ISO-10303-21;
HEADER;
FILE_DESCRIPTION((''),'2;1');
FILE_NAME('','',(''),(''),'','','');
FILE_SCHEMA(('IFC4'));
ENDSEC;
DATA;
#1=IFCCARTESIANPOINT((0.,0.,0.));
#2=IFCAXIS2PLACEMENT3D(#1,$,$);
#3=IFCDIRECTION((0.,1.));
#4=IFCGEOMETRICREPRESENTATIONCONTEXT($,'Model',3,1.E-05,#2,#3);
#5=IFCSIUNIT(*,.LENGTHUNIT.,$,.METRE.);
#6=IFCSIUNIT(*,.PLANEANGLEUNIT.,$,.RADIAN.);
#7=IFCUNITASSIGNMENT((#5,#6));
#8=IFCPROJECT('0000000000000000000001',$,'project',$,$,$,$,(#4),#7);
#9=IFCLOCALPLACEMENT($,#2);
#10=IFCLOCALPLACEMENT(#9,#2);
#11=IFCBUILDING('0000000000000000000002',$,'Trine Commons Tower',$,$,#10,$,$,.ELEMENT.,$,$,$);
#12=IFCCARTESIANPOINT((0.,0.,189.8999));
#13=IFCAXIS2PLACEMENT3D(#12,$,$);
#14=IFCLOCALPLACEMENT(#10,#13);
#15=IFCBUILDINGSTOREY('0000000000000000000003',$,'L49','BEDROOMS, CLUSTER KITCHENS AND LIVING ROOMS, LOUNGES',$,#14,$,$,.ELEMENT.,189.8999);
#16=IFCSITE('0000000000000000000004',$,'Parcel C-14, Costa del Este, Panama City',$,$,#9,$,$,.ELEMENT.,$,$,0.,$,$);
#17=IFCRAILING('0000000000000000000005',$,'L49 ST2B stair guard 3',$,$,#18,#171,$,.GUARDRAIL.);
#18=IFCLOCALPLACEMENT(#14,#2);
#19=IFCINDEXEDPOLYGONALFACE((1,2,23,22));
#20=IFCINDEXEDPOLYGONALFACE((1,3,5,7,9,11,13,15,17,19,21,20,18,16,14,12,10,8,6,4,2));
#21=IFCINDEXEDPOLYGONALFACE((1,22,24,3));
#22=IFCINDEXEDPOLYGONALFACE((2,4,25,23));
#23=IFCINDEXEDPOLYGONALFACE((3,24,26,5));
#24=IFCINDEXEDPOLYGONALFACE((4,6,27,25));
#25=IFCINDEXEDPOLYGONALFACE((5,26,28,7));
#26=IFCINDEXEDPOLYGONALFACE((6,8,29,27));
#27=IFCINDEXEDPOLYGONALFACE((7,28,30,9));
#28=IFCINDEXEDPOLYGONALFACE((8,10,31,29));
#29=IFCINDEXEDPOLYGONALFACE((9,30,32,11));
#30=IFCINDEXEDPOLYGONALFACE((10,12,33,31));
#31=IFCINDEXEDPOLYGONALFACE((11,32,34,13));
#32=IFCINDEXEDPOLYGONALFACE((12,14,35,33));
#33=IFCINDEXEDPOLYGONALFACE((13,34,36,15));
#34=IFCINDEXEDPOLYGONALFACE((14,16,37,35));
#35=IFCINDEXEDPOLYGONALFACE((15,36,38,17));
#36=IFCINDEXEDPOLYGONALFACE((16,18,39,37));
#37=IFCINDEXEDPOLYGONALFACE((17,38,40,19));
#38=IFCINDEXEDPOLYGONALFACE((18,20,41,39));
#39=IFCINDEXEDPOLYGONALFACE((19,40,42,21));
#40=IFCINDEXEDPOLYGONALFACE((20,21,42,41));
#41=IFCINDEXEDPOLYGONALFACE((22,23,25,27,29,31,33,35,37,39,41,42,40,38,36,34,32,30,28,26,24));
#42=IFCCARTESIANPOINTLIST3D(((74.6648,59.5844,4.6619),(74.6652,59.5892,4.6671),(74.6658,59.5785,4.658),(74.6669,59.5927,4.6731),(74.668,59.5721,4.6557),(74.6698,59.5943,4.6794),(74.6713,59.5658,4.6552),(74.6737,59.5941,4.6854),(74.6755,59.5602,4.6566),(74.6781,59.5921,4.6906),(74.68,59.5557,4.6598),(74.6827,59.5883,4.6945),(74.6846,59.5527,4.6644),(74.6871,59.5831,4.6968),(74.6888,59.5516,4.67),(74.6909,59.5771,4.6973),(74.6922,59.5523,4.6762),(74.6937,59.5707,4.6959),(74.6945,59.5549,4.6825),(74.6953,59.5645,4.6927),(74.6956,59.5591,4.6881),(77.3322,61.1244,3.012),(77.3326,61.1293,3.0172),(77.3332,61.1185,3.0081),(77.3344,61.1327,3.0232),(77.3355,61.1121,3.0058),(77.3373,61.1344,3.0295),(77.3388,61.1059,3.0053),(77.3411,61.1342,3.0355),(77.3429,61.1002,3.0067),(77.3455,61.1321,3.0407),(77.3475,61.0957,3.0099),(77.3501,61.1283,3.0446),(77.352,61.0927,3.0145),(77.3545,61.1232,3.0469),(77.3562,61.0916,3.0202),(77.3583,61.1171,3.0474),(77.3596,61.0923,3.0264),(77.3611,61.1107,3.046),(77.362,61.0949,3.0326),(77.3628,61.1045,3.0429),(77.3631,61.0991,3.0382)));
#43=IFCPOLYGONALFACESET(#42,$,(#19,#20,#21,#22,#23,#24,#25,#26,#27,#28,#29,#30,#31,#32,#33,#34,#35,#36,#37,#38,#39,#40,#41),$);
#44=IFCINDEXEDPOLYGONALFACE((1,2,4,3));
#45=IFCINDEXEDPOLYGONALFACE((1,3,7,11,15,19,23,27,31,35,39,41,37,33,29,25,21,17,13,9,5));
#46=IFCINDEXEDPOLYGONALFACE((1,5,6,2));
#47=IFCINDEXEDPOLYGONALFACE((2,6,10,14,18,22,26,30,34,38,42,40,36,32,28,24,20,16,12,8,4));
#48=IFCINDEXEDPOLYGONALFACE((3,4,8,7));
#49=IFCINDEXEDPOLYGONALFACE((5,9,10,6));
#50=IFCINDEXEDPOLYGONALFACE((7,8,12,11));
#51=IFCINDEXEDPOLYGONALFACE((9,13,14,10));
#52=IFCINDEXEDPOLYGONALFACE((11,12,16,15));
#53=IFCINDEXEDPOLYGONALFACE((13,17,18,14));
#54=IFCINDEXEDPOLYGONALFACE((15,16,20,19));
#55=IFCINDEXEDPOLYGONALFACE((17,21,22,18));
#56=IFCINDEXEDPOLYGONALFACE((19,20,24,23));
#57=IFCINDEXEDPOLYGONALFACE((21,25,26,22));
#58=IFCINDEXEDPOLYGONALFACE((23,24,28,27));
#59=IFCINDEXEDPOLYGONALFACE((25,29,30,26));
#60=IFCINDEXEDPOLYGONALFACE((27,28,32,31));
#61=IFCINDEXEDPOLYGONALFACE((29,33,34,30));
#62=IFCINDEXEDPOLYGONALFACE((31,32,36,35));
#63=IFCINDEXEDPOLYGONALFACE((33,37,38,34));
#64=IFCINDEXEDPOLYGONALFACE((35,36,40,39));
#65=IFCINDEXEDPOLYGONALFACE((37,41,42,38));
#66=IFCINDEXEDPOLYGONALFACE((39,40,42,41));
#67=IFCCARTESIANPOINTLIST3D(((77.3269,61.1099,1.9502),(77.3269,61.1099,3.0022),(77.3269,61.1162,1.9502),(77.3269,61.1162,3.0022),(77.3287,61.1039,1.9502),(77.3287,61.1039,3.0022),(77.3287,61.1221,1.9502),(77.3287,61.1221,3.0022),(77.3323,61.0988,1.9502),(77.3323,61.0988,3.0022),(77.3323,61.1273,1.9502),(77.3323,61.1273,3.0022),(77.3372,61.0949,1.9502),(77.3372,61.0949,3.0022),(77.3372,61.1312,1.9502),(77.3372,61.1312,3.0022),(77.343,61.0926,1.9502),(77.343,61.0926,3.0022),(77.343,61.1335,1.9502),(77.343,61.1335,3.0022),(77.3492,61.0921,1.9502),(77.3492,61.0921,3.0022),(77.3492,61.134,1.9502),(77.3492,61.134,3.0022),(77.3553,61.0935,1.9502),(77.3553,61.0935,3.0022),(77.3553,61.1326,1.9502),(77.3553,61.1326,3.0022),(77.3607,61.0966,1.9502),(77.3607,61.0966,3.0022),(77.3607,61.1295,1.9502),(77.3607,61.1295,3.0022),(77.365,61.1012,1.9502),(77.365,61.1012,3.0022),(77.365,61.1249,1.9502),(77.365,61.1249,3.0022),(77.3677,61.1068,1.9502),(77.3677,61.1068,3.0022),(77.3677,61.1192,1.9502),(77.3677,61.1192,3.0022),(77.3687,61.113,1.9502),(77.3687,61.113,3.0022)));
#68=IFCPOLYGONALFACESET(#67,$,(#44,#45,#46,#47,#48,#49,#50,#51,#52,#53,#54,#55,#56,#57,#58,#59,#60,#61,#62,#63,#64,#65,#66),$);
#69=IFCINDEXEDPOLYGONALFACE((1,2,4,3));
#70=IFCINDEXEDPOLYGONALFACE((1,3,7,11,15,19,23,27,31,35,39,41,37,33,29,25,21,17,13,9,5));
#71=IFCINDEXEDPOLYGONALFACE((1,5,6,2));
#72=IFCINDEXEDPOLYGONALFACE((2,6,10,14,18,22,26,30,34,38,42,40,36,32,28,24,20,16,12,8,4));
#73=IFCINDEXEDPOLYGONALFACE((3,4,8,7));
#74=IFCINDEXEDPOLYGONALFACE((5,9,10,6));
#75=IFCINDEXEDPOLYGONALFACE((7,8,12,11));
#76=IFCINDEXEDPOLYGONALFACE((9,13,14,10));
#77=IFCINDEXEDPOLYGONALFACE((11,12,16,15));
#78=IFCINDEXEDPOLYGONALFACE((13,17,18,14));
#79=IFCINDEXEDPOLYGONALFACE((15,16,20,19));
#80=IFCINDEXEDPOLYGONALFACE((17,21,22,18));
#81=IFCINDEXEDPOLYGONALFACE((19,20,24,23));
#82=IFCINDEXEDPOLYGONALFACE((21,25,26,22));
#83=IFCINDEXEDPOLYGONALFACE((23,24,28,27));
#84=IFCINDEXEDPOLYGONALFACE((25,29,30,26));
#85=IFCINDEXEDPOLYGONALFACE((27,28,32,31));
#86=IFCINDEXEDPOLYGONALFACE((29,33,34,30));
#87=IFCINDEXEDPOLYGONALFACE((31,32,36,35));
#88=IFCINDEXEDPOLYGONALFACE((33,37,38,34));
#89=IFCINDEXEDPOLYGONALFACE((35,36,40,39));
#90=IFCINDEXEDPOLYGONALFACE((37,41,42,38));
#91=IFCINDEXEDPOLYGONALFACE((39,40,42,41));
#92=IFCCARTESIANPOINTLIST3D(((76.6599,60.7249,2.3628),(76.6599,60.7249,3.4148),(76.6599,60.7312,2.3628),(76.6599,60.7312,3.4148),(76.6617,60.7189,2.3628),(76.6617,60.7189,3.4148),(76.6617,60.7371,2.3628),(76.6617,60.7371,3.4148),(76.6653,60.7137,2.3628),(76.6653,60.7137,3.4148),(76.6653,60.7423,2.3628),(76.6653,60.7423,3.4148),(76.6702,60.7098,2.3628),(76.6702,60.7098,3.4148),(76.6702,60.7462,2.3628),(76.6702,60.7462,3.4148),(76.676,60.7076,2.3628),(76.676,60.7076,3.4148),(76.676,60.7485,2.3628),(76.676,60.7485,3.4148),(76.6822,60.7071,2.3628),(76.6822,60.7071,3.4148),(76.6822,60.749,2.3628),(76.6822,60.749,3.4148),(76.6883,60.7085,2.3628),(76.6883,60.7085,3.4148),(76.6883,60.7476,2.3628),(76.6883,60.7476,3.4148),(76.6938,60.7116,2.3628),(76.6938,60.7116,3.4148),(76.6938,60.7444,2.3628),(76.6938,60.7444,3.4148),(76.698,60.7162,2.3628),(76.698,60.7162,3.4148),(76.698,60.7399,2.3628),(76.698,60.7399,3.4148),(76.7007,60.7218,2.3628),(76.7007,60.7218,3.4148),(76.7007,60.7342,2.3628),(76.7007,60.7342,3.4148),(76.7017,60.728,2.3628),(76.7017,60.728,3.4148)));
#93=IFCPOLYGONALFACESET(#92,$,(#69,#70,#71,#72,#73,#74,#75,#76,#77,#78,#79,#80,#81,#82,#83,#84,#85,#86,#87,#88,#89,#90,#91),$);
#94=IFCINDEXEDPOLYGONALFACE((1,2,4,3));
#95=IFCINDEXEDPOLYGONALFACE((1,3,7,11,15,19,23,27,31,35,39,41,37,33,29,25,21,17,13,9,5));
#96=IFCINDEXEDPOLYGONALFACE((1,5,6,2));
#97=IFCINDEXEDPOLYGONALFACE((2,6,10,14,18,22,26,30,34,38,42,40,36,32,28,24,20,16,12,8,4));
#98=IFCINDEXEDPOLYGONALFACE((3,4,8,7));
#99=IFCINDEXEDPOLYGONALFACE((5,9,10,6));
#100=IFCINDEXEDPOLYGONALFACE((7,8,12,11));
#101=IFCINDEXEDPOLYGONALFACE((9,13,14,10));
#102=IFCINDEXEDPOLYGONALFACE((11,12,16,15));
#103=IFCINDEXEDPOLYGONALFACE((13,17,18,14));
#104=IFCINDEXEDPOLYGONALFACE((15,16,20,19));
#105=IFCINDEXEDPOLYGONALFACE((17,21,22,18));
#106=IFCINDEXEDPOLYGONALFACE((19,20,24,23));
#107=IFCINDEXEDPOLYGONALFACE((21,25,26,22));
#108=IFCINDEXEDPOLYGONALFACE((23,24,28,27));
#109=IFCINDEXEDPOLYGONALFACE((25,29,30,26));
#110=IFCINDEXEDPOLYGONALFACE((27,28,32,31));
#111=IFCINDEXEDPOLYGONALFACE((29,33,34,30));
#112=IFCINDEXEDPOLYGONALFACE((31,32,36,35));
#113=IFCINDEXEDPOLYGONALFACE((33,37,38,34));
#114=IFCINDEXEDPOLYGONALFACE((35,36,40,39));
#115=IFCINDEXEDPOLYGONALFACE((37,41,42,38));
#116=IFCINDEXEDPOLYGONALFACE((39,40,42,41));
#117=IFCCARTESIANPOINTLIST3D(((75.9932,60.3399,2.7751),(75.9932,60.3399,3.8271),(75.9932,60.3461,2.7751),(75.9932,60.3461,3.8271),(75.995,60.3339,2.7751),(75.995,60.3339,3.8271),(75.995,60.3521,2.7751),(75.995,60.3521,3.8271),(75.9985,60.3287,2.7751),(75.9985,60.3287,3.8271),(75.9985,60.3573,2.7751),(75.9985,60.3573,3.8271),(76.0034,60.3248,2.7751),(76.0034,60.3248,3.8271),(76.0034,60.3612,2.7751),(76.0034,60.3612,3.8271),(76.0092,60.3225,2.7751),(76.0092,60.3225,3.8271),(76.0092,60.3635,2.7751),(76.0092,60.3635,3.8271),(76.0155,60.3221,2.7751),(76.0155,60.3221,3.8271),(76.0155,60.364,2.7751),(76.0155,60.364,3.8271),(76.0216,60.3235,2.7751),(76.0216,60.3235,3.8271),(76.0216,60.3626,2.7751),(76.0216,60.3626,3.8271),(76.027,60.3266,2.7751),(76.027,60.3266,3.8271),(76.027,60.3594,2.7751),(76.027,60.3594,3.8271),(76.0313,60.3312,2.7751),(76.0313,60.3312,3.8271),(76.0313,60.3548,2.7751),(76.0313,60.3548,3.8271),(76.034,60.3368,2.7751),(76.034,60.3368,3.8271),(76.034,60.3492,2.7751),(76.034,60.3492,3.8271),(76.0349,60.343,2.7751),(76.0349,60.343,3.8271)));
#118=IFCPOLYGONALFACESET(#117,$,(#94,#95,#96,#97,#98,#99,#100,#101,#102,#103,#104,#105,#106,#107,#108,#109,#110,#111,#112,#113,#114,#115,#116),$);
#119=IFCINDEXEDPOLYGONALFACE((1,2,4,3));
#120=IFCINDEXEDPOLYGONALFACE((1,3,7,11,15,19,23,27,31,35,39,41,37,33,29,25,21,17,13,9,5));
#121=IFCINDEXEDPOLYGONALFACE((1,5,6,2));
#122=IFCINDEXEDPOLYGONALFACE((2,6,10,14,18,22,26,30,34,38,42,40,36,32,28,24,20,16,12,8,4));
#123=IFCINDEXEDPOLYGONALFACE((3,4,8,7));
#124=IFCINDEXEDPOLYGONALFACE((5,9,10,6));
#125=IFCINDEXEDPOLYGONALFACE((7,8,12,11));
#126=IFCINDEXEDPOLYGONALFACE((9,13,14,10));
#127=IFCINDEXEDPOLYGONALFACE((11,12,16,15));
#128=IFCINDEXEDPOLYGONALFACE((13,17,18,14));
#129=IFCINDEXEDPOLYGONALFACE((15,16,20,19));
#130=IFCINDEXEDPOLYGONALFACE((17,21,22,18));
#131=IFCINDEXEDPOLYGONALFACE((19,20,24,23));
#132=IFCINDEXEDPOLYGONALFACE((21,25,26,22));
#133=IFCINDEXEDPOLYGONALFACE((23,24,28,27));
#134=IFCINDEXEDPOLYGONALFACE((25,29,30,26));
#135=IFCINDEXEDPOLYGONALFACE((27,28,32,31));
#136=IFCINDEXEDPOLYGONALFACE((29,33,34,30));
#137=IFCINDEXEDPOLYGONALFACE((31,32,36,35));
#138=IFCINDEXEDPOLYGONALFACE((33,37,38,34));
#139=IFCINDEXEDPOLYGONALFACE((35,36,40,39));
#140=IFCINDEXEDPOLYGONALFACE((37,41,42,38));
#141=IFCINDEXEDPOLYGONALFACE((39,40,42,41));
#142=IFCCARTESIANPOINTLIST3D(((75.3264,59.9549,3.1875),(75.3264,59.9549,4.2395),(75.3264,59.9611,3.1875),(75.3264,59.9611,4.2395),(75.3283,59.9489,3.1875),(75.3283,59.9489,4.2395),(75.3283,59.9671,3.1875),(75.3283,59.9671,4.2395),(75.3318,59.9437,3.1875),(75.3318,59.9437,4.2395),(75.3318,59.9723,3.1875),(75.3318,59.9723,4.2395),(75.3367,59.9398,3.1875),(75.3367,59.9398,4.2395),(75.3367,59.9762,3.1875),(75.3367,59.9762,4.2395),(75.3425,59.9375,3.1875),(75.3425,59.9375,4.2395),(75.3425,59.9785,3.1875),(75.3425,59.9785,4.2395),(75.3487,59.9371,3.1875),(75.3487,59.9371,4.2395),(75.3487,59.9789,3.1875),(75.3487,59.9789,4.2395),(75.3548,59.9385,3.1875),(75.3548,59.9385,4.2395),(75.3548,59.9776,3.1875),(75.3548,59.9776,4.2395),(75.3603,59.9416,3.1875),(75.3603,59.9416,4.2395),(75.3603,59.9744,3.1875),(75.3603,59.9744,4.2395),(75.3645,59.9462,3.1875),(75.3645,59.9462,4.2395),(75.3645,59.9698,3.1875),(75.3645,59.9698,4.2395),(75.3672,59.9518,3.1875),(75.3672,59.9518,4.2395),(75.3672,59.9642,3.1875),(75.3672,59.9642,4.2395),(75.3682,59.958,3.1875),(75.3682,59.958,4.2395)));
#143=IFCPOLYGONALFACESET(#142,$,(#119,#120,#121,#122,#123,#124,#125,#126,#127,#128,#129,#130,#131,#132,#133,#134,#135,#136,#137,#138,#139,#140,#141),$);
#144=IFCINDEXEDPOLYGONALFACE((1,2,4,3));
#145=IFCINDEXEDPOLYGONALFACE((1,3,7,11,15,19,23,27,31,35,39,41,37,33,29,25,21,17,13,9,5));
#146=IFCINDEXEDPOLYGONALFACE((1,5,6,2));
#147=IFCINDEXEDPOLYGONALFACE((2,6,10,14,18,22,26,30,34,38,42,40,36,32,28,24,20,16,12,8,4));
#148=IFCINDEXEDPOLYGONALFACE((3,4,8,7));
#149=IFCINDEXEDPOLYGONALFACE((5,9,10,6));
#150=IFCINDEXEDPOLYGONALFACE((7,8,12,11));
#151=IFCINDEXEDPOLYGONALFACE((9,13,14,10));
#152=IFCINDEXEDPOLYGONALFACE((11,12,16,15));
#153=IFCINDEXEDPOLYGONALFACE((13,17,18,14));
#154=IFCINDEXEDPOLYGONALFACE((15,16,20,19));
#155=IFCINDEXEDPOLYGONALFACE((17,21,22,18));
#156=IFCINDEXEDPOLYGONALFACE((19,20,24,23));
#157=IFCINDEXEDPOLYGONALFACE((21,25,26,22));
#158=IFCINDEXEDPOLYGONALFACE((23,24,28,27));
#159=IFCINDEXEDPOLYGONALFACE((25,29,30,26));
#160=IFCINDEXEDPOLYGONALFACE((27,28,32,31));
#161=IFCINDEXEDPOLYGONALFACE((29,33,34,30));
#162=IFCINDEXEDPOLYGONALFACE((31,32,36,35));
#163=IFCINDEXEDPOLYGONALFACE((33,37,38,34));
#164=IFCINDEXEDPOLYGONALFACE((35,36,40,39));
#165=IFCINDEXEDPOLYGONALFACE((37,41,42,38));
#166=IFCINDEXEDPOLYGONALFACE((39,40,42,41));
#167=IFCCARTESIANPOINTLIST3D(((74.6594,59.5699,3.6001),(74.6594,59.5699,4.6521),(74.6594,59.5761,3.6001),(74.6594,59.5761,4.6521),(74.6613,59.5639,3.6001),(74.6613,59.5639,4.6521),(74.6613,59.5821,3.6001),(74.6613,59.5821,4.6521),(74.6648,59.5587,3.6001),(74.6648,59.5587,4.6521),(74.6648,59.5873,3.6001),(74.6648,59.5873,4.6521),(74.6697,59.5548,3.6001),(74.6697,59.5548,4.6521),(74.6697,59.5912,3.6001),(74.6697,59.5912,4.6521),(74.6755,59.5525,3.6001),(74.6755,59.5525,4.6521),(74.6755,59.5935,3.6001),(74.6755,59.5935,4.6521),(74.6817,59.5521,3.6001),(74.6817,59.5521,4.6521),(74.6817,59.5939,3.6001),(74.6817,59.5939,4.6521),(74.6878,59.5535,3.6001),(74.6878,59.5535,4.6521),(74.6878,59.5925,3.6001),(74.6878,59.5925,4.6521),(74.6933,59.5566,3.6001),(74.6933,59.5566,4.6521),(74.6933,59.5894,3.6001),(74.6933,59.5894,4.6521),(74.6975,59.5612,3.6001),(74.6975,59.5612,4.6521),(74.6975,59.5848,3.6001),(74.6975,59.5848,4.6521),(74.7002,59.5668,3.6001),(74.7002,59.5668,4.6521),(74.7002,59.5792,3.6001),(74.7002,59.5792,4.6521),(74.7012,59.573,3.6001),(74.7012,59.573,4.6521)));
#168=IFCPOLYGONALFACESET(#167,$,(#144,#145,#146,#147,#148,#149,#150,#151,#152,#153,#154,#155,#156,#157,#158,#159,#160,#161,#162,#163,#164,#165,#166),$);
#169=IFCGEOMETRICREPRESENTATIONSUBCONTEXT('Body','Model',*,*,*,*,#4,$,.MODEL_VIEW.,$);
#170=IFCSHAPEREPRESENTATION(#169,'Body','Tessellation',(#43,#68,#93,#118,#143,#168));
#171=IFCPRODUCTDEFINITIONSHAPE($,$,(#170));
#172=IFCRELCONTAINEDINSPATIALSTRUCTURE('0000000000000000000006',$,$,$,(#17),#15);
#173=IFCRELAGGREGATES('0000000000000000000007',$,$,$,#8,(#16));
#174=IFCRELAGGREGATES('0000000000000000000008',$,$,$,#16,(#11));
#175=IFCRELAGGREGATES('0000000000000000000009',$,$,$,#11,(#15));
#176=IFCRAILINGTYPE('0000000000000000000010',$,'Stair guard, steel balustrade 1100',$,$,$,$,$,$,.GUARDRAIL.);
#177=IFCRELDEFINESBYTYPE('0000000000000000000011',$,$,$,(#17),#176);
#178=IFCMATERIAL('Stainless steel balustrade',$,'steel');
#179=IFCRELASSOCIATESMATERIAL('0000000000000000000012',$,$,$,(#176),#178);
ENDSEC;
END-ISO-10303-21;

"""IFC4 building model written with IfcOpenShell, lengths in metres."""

from ifc_helpers import new_model, si_unit, direction, frame, origin, origin_2d, place, context, subcontext, project, spatial, circle, extrude, material, type_object, element, save


model = new_model("IFC4")

# Units and contexts
model_context = context("Model", 3, precision=1e-05, world=origin(), true_north=direction((0.0, 1.0)))
body_context = subcontext(model_context, "Body", "Model", "MODEL_VIEW")
ifc_project = project(units=[si_unit("LENGTHUNIT", "METRE"), si_unit("PLANEANGLEUNIT", "RADIAN")], contexts=[model_context])

# Site, building, storey
site_placement = place(None, origin())
site = spatial("IfcSite", under=ifc_project, at=site_placement, Name="Parcel C-14, Costa del Este, Panama City", CompositionType="ELEMENT", RefElevation=0.0)
building_placement = place(site_placement, origin())
building = spatial("IfcBuilding", under=site, at=building_placement, Name="Trine Commons Tower", CompositionType="ELEMENT")
storey_placement = place(building_placement, frame((0.0, 0.0, 189.8999)))
storey = spatial("IfcBuildingStorey", under=building, at=storey_placement, Name="L49", Description="BEDROOMS, CLUSTER KITCHENS AND LIVING ROOMS, LOUNGES", CompositionType="ELEMENT", Elevation=189.8999)

# Railing
ifc_material_1 = material(Name="Stainless steel balustrade", Category="steel")
railing_type_1 = type_object("IfcRailingType", Name="Stair guard, steel balustrade 1100", PredefinedType="GUARDRAIL", material=ifc_material_1)
railing_1_placement = place(storey_placement, frame((77.3477, 61.113, 1.9502)))
element("IfcRailing", 1, at=railing_1_placement, inside=storey, type_object=railing_type_1, Name="L49 ST2B stair guard 3", PredefinedType="GUARDRAIL", context=body_context, shape_type="SweptSolid", body=[
    extrude(circle(Radius=0.0239, at=origin_2d()), frame((0.0, 0.0, 1.0762), z_axis=(-0.763405, -0.440743, 0.472185), x_axis=(0.499992, -0.86603, 0.0)), (0.0, 0.0, 1.0), 3.4941),
    extrude(circle(Radius=0.021, at=origin_2d()), origin(), (0.0, 0.0, 1.0), 1.052),
    extrude(circle(Radius=0.021, at=origin_2d()), frame((-0.667, -0.385, 0.4126)), (0.0, 0.0, 1.0), 1.052),
    extrude(circle(Radius=0.021, at=origin_2d()), frame((-1.3337, -0.77, 0.825)), (0.0, 0.0, 1.0), 1.052),
    extrude(circle(Radius=0.021, at=origin_2d()), frame((-2.0005, -1.155, 1.2373)), (0.0, 0.0, 1.0), 1.052),
    extrude(circle(Radius=0.021, at=origin_2d()), frame((-2.6675, -1.54, 1.6499)), (0.0, 0.0, 1.0), 1.052),
])

save(model, "model.ifc")
